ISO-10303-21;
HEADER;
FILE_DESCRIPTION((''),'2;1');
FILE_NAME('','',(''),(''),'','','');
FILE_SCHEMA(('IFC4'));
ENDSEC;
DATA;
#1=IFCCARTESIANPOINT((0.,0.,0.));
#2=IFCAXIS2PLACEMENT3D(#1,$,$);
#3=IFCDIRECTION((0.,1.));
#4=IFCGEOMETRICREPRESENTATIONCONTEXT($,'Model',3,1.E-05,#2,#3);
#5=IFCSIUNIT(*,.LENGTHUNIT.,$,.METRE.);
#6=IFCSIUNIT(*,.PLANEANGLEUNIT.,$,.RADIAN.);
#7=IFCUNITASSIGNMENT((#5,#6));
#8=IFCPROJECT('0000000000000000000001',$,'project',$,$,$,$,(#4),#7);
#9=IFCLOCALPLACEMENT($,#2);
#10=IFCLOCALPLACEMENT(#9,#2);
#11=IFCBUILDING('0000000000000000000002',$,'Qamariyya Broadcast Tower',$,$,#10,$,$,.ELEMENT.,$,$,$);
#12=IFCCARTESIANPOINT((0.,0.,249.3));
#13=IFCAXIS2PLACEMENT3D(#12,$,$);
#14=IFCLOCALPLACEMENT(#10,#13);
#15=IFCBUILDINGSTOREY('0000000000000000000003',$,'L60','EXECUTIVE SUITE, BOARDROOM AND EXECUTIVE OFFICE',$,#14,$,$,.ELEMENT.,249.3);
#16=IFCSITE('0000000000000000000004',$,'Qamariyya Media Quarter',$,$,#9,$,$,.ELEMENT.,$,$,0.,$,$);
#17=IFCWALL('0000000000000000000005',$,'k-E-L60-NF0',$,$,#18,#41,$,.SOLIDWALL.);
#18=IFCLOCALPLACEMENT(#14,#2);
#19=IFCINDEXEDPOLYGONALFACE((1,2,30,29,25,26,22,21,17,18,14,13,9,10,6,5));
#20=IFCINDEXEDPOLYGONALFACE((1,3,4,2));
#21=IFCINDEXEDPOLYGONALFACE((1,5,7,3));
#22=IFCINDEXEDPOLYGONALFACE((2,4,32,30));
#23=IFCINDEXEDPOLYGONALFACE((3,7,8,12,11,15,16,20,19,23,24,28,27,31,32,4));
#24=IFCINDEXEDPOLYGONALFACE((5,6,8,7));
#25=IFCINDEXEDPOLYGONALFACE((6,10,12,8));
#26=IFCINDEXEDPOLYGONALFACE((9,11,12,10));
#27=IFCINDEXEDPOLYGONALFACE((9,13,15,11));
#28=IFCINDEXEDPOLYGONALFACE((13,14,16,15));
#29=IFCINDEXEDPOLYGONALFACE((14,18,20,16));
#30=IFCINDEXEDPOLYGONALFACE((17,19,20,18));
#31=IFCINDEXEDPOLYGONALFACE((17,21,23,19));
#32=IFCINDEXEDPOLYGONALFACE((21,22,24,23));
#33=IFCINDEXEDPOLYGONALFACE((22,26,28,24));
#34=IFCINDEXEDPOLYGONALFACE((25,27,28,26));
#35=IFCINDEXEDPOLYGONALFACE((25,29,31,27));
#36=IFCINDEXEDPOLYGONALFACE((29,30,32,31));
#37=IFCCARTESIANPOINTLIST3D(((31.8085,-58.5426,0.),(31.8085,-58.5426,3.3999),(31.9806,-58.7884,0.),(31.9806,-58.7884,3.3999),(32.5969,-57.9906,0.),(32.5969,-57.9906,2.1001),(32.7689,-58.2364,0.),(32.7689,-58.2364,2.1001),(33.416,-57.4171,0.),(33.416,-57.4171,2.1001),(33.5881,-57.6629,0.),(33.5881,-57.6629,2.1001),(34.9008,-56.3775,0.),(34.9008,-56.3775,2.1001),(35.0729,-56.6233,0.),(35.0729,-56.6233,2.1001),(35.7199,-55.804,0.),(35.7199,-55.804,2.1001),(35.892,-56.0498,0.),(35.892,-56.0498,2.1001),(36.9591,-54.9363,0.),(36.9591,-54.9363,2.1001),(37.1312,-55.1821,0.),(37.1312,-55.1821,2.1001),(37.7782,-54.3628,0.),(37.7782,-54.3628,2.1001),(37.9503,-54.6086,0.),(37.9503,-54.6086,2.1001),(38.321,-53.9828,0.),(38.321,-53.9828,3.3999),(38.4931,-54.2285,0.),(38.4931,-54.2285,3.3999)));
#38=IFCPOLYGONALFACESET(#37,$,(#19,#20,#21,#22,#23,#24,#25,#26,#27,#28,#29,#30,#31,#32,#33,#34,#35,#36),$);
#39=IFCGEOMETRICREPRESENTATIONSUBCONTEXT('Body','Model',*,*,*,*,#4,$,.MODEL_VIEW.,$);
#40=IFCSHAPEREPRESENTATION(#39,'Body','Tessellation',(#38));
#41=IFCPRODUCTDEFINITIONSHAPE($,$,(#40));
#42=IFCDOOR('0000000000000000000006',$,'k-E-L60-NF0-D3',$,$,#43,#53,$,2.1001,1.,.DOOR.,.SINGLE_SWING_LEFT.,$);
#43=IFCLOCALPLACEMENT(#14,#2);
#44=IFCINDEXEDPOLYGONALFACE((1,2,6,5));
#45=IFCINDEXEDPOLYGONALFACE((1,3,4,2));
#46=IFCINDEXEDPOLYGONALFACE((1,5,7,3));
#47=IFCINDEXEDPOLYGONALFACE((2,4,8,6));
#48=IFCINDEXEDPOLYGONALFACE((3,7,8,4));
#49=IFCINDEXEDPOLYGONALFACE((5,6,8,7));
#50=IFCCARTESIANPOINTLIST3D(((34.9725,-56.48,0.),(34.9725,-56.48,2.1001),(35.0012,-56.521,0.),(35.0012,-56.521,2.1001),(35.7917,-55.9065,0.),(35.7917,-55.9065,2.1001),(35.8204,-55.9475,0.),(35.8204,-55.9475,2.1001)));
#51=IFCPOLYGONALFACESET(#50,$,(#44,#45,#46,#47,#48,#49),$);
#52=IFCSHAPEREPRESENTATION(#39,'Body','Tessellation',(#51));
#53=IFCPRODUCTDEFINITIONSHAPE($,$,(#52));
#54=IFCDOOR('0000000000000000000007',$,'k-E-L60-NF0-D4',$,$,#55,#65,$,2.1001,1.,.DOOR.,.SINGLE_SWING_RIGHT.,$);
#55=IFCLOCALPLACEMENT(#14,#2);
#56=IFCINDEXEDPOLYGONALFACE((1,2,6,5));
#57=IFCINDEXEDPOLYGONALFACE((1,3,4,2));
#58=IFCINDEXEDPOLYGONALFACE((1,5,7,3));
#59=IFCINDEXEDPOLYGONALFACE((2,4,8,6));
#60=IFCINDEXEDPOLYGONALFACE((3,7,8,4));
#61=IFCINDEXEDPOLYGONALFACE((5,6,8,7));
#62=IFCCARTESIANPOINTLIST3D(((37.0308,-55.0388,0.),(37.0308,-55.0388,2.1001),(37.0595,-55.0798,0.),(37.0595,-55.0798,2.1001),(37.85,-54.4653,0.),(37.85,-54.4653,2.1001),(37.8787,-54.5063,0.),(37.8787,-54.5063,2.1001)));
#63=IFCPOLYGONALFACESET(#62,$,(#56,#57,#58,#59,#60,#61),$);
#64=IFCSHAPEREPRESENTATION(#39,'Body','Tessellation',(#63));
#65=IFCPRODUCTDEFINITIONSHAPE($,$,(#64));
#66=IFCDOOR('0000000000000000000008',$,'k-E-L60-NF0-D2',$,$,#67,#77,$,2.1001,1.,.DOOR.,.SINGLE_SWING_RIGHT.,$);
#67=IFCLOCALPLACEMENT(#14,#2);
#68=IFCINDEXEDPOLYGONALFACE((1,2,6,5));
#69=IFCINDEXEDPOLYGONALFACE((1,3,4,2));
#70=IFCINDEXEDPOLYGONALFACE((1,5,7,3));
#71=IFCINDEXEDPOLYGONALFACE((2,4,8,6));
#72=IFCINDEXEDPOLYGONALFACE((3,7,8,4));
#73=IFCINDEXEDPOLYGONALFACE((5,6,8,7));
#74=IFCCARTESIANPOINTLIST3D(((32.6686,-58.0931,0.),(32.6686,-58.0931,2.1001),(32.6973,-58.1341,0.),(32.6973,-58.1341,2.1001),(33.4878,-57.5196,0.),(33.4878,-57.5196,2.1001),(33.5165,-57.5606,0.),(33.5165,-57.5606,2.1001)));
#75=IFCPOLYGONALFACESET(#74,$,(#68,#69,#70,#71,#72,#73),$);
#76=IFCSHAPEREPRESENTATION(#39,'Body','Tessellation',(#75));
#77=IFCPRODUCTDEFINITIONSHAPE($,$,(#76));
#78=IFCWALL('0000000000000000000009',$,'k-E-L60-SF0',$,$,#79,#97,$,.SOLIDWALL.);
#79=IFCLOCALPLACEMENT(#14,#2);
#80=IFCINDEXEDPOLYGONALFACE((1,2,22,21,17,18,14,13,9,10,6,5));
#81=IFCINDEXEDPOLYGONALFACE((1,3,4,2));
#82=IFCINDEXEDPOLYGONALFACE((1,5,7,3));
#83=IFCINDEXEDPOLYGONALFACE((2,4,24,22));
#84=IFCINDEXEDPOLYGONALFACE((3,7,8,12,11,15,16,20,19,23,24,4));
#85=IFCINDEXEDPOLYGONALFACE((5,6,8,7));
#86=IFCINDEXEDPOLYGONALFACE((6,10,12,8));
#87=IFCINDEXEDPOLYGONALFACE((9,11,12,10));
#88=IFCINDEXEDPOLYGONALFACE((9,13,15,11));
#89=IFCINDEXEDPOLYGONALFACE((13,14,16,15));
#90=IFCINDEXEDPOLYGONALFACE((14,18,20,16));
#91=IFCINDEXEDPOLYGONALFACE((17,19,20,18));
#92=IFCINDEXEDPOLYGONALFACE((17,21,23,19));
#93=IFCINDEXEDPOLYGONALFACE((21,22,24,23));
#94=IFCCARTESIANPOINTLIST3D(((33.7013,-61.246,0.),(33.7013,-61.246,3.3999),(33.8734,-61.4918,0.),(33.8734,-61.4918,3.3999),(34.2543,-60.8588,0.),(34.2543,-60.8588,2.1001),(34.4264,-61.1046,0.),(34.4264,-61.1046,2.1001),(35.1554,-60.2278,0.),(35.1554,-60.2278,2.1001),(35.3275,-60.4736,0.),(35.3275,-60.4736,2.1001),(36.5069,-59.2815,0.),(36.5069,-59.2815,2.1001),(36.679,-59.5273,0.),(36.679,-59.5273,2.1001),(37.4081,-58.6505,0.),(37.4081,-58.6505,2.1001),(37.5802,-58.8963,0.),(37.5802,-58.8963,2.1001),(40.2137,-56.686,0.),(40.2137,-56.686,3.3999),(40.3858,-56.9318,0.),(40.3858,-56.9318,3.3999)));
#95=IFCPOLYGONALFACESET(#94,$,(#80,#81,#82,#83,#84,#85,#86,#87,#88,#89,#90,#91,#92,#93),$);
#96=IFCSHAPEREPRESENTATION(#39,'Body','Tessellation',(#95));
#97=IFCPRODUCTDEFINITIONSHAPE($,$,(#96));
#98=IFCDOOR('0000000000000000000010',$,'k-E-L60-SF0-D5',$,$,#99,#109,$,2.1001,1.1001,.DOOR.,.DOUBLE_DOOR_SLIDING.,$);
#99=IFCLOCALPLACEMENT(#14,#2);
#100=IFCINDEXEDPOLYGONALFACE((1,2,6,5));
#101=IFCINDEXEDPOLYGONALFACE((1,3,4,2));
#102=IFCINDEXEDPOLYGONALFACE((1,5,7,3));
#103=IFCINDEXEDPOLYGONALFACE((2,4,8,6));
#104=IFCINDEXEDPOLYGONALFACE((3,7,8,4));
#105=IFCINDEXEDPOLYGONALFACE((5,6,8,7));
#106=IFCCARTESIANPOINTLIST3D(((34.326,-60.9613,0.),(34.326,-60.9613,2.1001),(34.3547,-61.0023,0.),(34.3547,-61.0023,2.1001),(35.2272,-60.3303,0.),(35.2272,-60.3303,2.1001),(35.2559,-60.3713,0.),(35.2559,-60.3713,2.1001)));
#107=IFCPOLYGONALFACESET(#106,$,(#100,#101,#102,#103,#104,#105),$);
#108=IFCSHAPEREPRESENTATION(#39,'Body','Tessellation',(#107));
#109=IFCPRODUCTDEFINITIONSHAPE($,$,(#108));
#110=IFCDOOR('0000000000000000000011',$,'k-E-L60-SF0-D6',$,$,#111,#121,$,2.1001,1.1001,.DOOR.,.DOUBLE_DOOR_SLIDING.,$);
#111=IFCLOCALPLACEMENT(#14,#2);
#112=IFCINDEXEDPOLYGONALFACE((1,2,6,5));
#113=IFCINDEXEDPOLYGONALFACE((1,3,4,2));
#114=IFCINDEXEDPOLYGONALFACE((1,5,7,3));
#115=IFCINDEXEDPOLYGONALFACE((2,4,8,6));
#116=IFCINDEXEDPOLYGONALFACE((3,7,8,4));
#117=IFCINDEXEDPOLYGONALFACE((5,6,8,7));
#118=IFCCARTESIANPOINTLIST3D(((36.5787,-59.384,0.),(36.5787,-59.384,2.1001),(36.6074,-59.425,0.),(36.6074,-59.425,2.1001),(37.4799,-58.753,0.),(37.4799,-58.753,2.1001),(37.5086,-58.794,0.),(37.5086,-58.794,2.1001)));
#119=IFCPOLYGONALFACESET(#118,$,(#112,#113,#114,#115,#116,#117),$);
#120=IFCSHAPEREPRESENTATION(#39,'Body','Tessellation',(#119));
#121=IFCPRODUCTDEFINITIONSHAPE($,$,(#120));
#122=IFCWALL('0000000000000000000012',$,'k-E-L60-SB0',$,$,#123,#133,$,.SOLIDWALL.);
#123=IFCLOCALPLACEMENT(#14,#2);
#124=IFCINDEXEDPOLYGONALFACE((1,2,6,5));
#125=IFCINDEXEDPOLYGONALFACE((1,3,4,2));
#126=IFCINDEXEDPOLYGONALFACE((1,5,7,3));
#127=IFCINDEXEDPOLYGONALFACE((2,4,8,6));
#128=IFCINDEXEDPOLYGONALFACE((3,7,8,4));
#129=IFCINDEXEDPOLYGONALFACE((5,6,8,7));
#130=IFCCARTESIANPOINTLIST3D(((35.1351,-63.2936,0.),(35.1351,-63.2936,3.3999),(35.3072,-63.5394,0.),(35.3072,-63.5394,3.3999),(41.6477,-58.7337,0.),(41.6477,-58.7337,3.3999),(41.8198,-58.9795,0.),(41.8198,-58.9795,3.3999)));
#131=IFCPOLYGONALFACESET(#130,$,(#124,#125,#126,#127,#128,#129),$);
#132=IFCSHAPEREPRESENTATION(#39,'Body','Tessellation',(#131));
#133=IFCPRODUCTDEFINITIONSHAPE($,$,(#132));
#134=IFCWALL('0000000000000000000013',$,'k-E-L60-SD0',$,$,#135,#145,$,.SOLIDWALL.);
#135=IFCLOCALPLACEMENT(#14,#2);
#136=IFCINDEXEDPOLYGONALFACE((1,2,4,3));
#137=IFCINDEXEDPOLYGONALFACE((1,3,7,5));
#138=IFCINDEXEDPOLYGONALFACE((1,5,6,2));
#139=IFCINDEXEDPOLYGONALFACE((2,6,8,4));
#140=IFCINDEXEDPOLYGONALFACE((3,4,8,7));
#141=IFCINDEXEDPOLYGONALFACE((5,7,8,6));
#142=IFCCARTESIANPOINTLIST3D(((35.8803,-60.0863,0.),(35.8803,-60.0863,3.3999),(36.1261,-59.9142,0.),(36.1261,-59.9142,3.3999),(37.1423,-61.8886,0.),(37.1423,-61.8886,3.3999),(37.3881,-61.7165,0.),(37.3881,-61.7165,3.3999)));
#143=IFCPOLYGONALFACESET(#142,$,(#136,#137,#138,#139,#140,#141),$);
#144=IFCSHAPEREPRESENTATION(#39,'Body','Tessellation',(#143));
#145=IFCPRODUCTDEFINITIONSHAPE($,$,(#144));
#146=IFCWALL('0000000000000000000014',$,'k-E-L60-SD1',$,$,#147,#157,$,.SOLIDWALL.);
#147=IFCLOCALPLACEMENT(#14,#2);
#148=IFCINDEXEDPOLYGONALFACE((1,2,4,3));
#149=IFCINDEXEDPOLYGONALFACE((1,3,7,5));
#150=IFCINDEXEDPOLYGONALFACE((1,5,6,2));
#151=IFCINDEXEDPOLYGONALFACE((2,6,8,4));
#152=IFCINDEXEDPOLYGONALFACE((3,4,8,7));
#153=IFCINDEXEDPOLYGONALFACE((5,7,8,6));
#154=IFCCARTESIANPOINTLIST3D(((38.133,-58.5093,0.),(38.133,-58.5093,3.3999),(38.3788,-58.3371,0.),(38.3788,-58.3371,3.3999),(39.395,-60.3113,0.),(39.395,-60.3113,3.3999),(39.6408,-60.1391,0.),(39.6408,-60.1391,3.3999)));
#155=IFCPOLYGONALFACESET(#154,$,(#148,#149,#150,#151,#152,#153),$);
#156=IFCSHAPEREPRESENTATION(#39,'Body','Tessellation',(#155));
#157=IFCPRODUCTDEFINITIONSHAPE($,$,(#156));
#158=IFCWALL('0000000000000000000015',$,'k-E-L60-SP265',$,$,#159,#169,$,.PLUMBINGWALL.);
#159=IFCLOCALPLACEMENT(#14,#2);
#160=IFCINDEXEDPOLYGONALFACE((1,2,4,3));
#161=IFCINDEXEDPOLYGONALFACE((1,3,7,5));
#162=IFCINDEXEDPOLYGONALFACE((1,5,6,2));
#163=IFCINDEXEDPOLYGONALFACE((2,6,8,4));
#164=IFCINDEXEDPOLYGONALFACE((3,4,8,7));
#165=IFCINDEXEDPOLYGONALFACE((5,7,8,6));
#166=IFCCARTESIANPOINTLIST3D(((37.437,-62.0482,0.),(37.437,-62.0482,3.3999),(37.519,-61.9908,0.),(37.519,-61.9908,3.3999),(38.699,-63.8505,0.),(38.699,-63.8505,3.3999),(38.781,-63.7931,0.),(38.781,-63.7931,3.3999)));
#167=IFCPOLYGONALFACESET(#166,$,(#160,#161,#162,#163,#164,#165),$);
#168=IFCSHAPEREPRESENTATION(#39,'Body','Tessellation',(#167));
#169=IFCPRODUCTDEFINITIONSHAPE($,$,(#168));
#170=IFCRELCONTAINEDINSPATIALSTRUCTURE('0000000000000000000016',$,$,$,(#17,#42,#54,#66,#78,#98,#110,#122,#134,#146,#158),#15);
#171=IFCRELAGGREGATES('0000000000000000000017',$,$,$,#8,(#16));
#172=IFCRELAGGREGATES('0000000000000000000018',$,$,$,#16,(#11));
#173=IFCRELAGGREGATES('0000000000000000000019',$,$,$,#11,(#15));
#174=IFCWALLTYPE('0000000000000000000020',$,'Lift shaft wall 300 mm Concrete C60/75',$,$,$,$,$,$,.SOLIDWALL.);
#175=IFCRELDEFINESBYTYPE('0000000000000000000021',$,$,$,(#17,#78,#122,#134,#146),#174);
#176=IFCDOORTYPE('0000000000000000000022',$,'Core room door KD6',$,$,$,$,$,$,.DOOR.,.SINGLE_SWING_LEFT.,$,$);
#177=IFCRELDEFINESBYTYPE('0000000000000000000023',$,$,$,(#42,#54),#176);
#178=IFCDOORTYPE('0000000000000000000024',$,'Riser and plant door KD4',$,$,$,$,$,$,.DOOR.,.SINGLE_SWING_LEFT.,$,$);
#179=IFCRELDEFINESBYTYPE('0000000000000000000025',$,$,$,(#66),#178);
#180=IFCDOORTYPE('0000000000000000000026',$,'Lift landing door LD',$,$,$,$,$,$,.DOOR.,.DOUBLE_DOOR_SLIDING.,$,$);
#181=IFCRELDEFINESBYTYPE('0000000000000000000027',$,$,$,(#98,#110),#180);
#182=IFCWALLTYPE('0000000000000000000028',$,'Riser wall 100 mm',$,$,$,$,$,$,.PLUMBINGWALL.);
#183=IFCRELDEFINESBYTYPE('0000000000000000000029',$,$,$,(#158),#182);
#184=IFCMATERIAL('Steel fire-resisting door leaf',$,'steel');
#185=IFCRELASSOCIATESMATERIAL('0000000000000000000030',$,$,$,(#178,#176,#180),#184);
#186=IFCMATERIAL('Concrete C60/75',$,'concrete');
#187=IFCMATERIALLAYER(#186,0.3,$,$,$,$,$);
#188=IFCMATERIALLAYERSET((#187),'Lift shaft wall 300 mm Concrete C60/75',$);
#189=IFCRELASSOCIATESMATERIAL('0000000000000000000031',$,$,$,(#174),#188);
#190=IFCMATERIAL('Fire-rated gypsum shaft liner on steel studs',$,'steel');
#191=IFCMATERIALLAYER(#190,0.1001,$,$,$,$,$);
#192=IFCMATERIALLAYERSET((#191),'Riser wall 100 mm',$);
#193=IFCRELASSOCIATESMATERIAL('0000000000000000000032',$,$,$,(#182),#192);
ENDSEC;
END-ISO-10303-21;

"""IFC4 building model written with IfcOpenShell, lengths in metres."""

from ifc_helpers import new_model, si_unit, direction, frame, frame_2d, origin, place, context, subcontext, project, spatial, rectangle, extrude, material, layer, layer_set, type_object, element, fill, save


model = new_model("IFC4")

# Units and contexts
model_context = context("Model", 3, precision=1e-05, world=origin(), true_north=direction((0.0, 1.0)))
body_context = subcontext(model_context, "Body", "Model", "MODEL_VIEW")
ifc_project = project(units=[si_unit("LENGTHUNIT", "METRE"), si_unit("PLANEANGLEUNIT", "RADIAN")], contexts=[model_context])

# Site, building, storey
site_placement = place(None, origin())
site = spatial("IfcSite", under=ifc_project, at=site_placement, Name="Qamariyya Media Quarter", CompositionType="ELEMENT", RefElevation=0.0)
building_placement = place(site_placement, origin())
building = spatial("IfcBuilding", under=site, at=building_placement, Name="Qamariyya Broadcast Tower", CompositionType="ELEMENT")
storey_placement = place(building_placement, frame((0.0, 0.0, 249.3)))
storey = spatial("IfcBuildingStorey", under=building, at=storey_placement, Name="L60", Description="EXECUTIVE SUITE, BOARDROOM AND EXECUTIVE OFFICE", CompositionType="ELEMENT", Elevation=249.3)

# Shared definitions
ifc_material_1 = material(Name="Concrete C60/75", Category="concrete")
ifc_material_2 = material(Name="Steel fire-resisting door leaf", Category="steel")

# Walls, openings, doors
door_type_1 = type_object("IfcDoorType", Name="Riser and plant door KD4", OperationType="SINGLE_SWING_LEFT", PredefinedType="DOOR", material=ifc_material_2)
ifc_layer_1 = layer(ifc_material_1, 0.3)
ifc_layer_set_1 = layer_set([ifc_layer_1], Name="Lift shaft wall 300 mm Concrete C60/75")
wall_type_1 = type_object("IfcWallType", Name="Lift shaft wall 300 mm Concrete C60/75", PredefinedType="SOLIDWALL", material=ifc_layer_set_1)
wall_1_placement = place(storey_placement, frame((31.8945, -58.6655, 0.0), z_axis=(0.0, 0.0, 1.0), x_axis=(0.819167, 0.573555, 0.0)))
wall_1 = element("IfcWall", 1, at=wall_1_placement, inside=storey, type_object=wall_type_1, Name="k-E-L60-NF0", PredefinedType="SOLIDWALL", context=body_context, shape_type="SweptSolid", body=[
    extrude(rectangle(XDim=7.9502, YDim=0.3, at=frame_2d((3.9751, 0.0))), origin(), (0.0, 0.0, 1.0), 3.3999),
])
opening_1_placement = place(wall_1_placement, frame((0.9624, 0.0, 0.0)))
opening_1 = element("IfcOpeningElement", 2, at=opening_1_placement, cuts=wall_1, PredefinedType="OPENING", context=body_context, shape_type="SweptSolid", body=[
    extrude(rectangle(XDim=1.0, YDim=2.1001, at=frame_2d((0.5, 1.05))), frame((0.0, 0.1599, 0.0), z_axis=(0.0, -1.0, 0.0), x_axis=(1.0, 0.0, 0.0)), (0.0, 0.0, 1.0), 0.3201),
])
opening_2_placement = place(wall_1_placement, frame((3.7749, 0.0, 0.0)))
opening_2 = element("IfcOpeningElement", 3, at=opening_2_placement, cuts=wall_1, PredefinedType="OPENING", context=body_context, shape_type="SweptSolid", body=[
    extrude(rectangle(XDim=1.0, YDim=2.1001, at=frame_2d((0.5, 1.05))), frame((0.0, 0.1599, 0.0), z_axis=(0.0, -1.0, 0.0), x_axis=(1.0, 0.0, 0.0)), (0.0, 0.0, 1.0), 0.3201),
])
opening_3_placement = place(wall_1_placement, frame((6.2876, 0.0, 0.0)))
opening_3 = element("IfcOpeningElement", 4, at=opening_3_placement, cuts=wall_1, PredefinedType="OPENING", context=body_context, shape_type="SweptSolid", body=[
    extrude(rectangle(XDim=1.0, YDim=2.1001, at=frame_2d((0.5, 1.05))), frame((0.0, 0.1599, 0.0), z_axis=(0.0, -1.0, 0.0), x_axis=(1.0, 0.0, 0.0)), (0.0, 0.0, 1.0), 0.3201),
])
door_type_2 = type_object("IfcDoorType", Name="Core room door KD6", OperationType="SINGLE_SWING_LEFT", PredefinedType="DOOR", material=ifc_material_2)
door_1_placement = place(opening_2_placement, origin())
door_1 = element("IfcDoor", 5, at=door_1_placement, inside=storey, type_object=door_type_2, Name="k-E-L60-NF0-D3", OperationType="SINGLE_SWING_LEFT", OverallHeight=2.1001, OverallWidth=1.0, PredefinedType="DOOR", context=body_context, shape_type="SweptSolid", body=[
    extrude(rectangle(XDim=1.0, YDim=2.1001, at=frame_2d((0.5, 1.05))), frame((0.0, 0.0249, 0.0), z_axis=(0.0, -1.0, 0.0), x_axis=(1.0, 0.0, 0.0)), (0.0, 0.0, 1.0), 0.05),
])
fill(opening_2, door_1)
door_2_placement = place(opening_3_placement, origin())
door_2 = element("IfcDoor", 6, at=door_2_placement, inside=storey, type_object=door_type_2, Name="k-E-L60-NF0-D4", OperationType="SINGLE_SWING_RIGHT", OverallHeight=2.1001, OverallWidth=1.0, PredefinedType="DOOR", context=body_context, shape_type="SweptSolid", body=[
    extrude(rectangle(XDim=1.0, YDim=2.1001, at=frame_2d((0.5, 1.05))), frame((0.0, 0.0249, 0.0), z_axis=(0.0, -1.0, 0.0), x_axis=(1.0, 0.0, 0.0)), (0.0, 0.0, 1.0), 0.05),
])
fill(opening_3, door_2)
door_3_placement = place(opening_1_placement, origin())
door_3 = element("IfcDoor", 7, at=door_3_placement, inside=storey, type_object=door_type_1, Name="k-E-L60-NF0-D2", OperationType="SINGLE_SWING_RIGHT", OverallHeight=2.1001, OverallWidth=1.0, PredefinedType="DOOR", context=body_context, shape_type="SweptSolid", body=[
    extrude(rectangle(XDim=1.0, YDim=2.1001, at=frame_2d((0.5, 1.05))), frame((0.0, 0.0249, 0.0), z_axis=(0.0, -1.0, 0.0), x_axis=(1.0, 0.0, 0.0)), (0.0, 0.0, 1.0), 0.05),
])
fill(opening_1, door_3)
wall_2_placement = place(storey_placement, frame((33.7874, -61.3689, 0.0), z_axis=(0.0, 0.0, 1.0), x_axis=(0.819153, 0.573576, 0.0)))
wall_2 = element("IfcWall", 8, at=wall_2_placement, inside=storey, type_object=wall_type_1, Name="k-E-L60-SF0", PredefinedType="SOLIDWALL", context=body_context, shape_type="SweptSolid", body=[
    extrude(rectangle(XDim=7.9502, YDim=0.3, at=frame_2d((3.9751, 0.0))), origin(), (0.0, 0.0, 1.0), 3.3999),
])
opening_4_placement = place(wall_2_placement, frame((0.675, 0.0, 0.0)))
opening_4 = element("IfcOpeningElement", 9, at=opening_4_placement, cuts=wall_2, PredefinedType="OPENING", context=body_context, shape_type="SweptSolid", body=[
    extrude(rectangle(XDim=1.1001, YDim=2.1001, at=frame_2d((0.55, 1.05))), frame((0.0, 0.1599, 0.0), z_axis=(0.0, -1.0, 0.0), x_axis=(1.0, 0.0, 0.0)), (0.0, 0.0, 1.0), 0.3201),
])
opening_5_placement = place(wall_2_placement, frame((3.425, 0.0, 0.0)))
opening_5 = element("IfcOpeningElement", 10, at=opening_5_placement, cuts=wall_2, PredefinedType="OPENING", context=body_context, shape_type="SweptSolid", body=[
    extrude(rectangle(XDim=1.1001, YDim=2.1001, at=frame_2d((0.55, 1.05))), frame((0.0, 0.1599, 0.0), z_axis=(0.0, -1.0, 0.0), x_axis=(1.0, 0.0, 0.0)), (0.0, 0.0, 1.0), 0.3201),
])
door_type_3 = type_object("IfcDoorType", Name="Lift landing door LD", OperationType="DOUBLE_DOOR_SLIDING", PredefinedType="DOOR", material=ifc_material_2)
door_4_placement = place(opening_4_placement, origin())
door_4 = element("IfcDoor", 11, at=door_4_placement, inside=storey, type_object=door_type_3, Name="k-E-L60-SF0-D5", OperationType="DOUBLE_DOOR_SLIDING", OverallHeight=2.1001, OverallWidth=1.1001, PredefinedType="DOOR", context=body_context, shape_type="SweptSolid", body=[
    extrude(rectangle(XDim=1.1001, YDim=2.1001, at=frame_2d((0.55, 1.05))), frame((0.0, 0.0249, 0.0), z_axis=(0.0, -1.0, 0.0), x_axis=(1.0, 0.0, 0.0)), (0.0, 0.0, 1.0), 0.05),
])
fill(opening_4, door_4)
door_5_placement = place(opening_5_placement, origin())
door_5 = element("IfcDoor", 12, at=door_5_placement, inside=storey, type_object=door_type_3, Name="k-E-L60-SF0-D6", OperationType="DOUBLE_DOOR_SLIDING", OverallHeight=2.1001, OverallWidth=1.1001, PredefinedType="DOOR", context=body_context, shape_type="SweptSolid", body=[
    extrude(rectangle(XDim=1.1001, YDim=2.1001, at=frame_2d((0.55, 1.05))), frame((0.0, 0.0249, 0.0), z_axis=(0.0, -1.0, 0.0), x_axis=(1.0, 0.0, 0.0)), (0.0, 0.0, 1.0), 0.05),
])
fill(opening_5, door_5)

# Walls
wall_3_placement = place(storey_placement, frame((35.2212, -63.4165, 0.0), z_axis=(0.0, 0.0, 1.0), x_axis=(0.819167, 0.573555, 0.0)))
element("IfcWall", 13, at=wall_3_placement, inside=storey, type_object=wall_type_1, Name="k-E-L60-SB0", PredefinedType="SOLIDWALL", context=body_context, shape_type="SweptSolid", body=[
    extrude(rectangle(XDim=7.9502, YDim=0.3, at=frame_2d((3.9751, 0.0))), origin(), (0.0, 0.0, 1.0), 3.3999),
])
wall_4_placement = place(storey_placement, frame((36.0032, -60.0002, 0.0), z_axis=(0.0, 0.0, 1.0), x_axis=(0.573581, -0.819149, 0.0)))
element("IfcWall", 14, at=wall_4_placement, inside=storey, type_object=wall_type_1, Name="k-E-L60-SD0", PredefinedType="SOLIDWALL", context=body_context, shape_type="SweptSolid", body=[
    extrude(rectangle(XDim=2.2002, YDim=0.3, at=frame_2d((1.1001, 0.0))), origin(), (0.0, 0.0, 1.0), 3.3999),
])
wall_5_placement = place(storey_placement, frame((38.2559, -58.4231, 0.0), z_axis=(0.0, 0.0, 1.0), x_axis=(0.573634, -0.819112, 0.0)))
element("IfcWall", 15, at=wall_5_placement, inside=storey, type_object=wall_type_1, Name="k-E-L60-SD1", PredefinedType="SOLIDWALL", context=body_context, shape_type="SweptSolid", body=[
    extrude(rectangle(XDim=2.2, YDim=0.3, at=frame_2d((1.1001, 0.0))), origin(), (0.0, 0.0, 1.0), 3.3999),
])
ifc_material_3 = material(Name="Fire-rated gypsum shaft liner on steel studs", Category="steel")
ifc_layer_2 = layer(ifc_material_3, 0.1001)
ifc_layer_set_2 = layer_set([ifc_layer_2], Name="Riser wall 100 mm")
wall_type_2 = type_object("IfcWallType", Name="Riser wall 100 mm", PredefinedType="PLUMBINGWALL", material=ifc_layer_set_2)
wall_6_placement = place(storey_placement, frame((37.478, -62.0195, 0.0), z_axis=(0.0, 0.0, 1.0), x_axis=(0.573581, -0.819149, 0.0)))
element("IfcWall", 16, at=wall_6_placement, inside=storey, type_object=wall_type_2, Name="k-E-L60-SP265", PredefinedType="PLUMBINGWALL", context=body_context, shape_type="SweptSolid", body=[
    extrude(rectangle(XDim=2.2002, YDim=0.1001, at=frame_2d((1.1001, 0.0))), origin(), (0.0, 0.0, 1.0), 3.3999),
])

save(model, "model.ifc")
